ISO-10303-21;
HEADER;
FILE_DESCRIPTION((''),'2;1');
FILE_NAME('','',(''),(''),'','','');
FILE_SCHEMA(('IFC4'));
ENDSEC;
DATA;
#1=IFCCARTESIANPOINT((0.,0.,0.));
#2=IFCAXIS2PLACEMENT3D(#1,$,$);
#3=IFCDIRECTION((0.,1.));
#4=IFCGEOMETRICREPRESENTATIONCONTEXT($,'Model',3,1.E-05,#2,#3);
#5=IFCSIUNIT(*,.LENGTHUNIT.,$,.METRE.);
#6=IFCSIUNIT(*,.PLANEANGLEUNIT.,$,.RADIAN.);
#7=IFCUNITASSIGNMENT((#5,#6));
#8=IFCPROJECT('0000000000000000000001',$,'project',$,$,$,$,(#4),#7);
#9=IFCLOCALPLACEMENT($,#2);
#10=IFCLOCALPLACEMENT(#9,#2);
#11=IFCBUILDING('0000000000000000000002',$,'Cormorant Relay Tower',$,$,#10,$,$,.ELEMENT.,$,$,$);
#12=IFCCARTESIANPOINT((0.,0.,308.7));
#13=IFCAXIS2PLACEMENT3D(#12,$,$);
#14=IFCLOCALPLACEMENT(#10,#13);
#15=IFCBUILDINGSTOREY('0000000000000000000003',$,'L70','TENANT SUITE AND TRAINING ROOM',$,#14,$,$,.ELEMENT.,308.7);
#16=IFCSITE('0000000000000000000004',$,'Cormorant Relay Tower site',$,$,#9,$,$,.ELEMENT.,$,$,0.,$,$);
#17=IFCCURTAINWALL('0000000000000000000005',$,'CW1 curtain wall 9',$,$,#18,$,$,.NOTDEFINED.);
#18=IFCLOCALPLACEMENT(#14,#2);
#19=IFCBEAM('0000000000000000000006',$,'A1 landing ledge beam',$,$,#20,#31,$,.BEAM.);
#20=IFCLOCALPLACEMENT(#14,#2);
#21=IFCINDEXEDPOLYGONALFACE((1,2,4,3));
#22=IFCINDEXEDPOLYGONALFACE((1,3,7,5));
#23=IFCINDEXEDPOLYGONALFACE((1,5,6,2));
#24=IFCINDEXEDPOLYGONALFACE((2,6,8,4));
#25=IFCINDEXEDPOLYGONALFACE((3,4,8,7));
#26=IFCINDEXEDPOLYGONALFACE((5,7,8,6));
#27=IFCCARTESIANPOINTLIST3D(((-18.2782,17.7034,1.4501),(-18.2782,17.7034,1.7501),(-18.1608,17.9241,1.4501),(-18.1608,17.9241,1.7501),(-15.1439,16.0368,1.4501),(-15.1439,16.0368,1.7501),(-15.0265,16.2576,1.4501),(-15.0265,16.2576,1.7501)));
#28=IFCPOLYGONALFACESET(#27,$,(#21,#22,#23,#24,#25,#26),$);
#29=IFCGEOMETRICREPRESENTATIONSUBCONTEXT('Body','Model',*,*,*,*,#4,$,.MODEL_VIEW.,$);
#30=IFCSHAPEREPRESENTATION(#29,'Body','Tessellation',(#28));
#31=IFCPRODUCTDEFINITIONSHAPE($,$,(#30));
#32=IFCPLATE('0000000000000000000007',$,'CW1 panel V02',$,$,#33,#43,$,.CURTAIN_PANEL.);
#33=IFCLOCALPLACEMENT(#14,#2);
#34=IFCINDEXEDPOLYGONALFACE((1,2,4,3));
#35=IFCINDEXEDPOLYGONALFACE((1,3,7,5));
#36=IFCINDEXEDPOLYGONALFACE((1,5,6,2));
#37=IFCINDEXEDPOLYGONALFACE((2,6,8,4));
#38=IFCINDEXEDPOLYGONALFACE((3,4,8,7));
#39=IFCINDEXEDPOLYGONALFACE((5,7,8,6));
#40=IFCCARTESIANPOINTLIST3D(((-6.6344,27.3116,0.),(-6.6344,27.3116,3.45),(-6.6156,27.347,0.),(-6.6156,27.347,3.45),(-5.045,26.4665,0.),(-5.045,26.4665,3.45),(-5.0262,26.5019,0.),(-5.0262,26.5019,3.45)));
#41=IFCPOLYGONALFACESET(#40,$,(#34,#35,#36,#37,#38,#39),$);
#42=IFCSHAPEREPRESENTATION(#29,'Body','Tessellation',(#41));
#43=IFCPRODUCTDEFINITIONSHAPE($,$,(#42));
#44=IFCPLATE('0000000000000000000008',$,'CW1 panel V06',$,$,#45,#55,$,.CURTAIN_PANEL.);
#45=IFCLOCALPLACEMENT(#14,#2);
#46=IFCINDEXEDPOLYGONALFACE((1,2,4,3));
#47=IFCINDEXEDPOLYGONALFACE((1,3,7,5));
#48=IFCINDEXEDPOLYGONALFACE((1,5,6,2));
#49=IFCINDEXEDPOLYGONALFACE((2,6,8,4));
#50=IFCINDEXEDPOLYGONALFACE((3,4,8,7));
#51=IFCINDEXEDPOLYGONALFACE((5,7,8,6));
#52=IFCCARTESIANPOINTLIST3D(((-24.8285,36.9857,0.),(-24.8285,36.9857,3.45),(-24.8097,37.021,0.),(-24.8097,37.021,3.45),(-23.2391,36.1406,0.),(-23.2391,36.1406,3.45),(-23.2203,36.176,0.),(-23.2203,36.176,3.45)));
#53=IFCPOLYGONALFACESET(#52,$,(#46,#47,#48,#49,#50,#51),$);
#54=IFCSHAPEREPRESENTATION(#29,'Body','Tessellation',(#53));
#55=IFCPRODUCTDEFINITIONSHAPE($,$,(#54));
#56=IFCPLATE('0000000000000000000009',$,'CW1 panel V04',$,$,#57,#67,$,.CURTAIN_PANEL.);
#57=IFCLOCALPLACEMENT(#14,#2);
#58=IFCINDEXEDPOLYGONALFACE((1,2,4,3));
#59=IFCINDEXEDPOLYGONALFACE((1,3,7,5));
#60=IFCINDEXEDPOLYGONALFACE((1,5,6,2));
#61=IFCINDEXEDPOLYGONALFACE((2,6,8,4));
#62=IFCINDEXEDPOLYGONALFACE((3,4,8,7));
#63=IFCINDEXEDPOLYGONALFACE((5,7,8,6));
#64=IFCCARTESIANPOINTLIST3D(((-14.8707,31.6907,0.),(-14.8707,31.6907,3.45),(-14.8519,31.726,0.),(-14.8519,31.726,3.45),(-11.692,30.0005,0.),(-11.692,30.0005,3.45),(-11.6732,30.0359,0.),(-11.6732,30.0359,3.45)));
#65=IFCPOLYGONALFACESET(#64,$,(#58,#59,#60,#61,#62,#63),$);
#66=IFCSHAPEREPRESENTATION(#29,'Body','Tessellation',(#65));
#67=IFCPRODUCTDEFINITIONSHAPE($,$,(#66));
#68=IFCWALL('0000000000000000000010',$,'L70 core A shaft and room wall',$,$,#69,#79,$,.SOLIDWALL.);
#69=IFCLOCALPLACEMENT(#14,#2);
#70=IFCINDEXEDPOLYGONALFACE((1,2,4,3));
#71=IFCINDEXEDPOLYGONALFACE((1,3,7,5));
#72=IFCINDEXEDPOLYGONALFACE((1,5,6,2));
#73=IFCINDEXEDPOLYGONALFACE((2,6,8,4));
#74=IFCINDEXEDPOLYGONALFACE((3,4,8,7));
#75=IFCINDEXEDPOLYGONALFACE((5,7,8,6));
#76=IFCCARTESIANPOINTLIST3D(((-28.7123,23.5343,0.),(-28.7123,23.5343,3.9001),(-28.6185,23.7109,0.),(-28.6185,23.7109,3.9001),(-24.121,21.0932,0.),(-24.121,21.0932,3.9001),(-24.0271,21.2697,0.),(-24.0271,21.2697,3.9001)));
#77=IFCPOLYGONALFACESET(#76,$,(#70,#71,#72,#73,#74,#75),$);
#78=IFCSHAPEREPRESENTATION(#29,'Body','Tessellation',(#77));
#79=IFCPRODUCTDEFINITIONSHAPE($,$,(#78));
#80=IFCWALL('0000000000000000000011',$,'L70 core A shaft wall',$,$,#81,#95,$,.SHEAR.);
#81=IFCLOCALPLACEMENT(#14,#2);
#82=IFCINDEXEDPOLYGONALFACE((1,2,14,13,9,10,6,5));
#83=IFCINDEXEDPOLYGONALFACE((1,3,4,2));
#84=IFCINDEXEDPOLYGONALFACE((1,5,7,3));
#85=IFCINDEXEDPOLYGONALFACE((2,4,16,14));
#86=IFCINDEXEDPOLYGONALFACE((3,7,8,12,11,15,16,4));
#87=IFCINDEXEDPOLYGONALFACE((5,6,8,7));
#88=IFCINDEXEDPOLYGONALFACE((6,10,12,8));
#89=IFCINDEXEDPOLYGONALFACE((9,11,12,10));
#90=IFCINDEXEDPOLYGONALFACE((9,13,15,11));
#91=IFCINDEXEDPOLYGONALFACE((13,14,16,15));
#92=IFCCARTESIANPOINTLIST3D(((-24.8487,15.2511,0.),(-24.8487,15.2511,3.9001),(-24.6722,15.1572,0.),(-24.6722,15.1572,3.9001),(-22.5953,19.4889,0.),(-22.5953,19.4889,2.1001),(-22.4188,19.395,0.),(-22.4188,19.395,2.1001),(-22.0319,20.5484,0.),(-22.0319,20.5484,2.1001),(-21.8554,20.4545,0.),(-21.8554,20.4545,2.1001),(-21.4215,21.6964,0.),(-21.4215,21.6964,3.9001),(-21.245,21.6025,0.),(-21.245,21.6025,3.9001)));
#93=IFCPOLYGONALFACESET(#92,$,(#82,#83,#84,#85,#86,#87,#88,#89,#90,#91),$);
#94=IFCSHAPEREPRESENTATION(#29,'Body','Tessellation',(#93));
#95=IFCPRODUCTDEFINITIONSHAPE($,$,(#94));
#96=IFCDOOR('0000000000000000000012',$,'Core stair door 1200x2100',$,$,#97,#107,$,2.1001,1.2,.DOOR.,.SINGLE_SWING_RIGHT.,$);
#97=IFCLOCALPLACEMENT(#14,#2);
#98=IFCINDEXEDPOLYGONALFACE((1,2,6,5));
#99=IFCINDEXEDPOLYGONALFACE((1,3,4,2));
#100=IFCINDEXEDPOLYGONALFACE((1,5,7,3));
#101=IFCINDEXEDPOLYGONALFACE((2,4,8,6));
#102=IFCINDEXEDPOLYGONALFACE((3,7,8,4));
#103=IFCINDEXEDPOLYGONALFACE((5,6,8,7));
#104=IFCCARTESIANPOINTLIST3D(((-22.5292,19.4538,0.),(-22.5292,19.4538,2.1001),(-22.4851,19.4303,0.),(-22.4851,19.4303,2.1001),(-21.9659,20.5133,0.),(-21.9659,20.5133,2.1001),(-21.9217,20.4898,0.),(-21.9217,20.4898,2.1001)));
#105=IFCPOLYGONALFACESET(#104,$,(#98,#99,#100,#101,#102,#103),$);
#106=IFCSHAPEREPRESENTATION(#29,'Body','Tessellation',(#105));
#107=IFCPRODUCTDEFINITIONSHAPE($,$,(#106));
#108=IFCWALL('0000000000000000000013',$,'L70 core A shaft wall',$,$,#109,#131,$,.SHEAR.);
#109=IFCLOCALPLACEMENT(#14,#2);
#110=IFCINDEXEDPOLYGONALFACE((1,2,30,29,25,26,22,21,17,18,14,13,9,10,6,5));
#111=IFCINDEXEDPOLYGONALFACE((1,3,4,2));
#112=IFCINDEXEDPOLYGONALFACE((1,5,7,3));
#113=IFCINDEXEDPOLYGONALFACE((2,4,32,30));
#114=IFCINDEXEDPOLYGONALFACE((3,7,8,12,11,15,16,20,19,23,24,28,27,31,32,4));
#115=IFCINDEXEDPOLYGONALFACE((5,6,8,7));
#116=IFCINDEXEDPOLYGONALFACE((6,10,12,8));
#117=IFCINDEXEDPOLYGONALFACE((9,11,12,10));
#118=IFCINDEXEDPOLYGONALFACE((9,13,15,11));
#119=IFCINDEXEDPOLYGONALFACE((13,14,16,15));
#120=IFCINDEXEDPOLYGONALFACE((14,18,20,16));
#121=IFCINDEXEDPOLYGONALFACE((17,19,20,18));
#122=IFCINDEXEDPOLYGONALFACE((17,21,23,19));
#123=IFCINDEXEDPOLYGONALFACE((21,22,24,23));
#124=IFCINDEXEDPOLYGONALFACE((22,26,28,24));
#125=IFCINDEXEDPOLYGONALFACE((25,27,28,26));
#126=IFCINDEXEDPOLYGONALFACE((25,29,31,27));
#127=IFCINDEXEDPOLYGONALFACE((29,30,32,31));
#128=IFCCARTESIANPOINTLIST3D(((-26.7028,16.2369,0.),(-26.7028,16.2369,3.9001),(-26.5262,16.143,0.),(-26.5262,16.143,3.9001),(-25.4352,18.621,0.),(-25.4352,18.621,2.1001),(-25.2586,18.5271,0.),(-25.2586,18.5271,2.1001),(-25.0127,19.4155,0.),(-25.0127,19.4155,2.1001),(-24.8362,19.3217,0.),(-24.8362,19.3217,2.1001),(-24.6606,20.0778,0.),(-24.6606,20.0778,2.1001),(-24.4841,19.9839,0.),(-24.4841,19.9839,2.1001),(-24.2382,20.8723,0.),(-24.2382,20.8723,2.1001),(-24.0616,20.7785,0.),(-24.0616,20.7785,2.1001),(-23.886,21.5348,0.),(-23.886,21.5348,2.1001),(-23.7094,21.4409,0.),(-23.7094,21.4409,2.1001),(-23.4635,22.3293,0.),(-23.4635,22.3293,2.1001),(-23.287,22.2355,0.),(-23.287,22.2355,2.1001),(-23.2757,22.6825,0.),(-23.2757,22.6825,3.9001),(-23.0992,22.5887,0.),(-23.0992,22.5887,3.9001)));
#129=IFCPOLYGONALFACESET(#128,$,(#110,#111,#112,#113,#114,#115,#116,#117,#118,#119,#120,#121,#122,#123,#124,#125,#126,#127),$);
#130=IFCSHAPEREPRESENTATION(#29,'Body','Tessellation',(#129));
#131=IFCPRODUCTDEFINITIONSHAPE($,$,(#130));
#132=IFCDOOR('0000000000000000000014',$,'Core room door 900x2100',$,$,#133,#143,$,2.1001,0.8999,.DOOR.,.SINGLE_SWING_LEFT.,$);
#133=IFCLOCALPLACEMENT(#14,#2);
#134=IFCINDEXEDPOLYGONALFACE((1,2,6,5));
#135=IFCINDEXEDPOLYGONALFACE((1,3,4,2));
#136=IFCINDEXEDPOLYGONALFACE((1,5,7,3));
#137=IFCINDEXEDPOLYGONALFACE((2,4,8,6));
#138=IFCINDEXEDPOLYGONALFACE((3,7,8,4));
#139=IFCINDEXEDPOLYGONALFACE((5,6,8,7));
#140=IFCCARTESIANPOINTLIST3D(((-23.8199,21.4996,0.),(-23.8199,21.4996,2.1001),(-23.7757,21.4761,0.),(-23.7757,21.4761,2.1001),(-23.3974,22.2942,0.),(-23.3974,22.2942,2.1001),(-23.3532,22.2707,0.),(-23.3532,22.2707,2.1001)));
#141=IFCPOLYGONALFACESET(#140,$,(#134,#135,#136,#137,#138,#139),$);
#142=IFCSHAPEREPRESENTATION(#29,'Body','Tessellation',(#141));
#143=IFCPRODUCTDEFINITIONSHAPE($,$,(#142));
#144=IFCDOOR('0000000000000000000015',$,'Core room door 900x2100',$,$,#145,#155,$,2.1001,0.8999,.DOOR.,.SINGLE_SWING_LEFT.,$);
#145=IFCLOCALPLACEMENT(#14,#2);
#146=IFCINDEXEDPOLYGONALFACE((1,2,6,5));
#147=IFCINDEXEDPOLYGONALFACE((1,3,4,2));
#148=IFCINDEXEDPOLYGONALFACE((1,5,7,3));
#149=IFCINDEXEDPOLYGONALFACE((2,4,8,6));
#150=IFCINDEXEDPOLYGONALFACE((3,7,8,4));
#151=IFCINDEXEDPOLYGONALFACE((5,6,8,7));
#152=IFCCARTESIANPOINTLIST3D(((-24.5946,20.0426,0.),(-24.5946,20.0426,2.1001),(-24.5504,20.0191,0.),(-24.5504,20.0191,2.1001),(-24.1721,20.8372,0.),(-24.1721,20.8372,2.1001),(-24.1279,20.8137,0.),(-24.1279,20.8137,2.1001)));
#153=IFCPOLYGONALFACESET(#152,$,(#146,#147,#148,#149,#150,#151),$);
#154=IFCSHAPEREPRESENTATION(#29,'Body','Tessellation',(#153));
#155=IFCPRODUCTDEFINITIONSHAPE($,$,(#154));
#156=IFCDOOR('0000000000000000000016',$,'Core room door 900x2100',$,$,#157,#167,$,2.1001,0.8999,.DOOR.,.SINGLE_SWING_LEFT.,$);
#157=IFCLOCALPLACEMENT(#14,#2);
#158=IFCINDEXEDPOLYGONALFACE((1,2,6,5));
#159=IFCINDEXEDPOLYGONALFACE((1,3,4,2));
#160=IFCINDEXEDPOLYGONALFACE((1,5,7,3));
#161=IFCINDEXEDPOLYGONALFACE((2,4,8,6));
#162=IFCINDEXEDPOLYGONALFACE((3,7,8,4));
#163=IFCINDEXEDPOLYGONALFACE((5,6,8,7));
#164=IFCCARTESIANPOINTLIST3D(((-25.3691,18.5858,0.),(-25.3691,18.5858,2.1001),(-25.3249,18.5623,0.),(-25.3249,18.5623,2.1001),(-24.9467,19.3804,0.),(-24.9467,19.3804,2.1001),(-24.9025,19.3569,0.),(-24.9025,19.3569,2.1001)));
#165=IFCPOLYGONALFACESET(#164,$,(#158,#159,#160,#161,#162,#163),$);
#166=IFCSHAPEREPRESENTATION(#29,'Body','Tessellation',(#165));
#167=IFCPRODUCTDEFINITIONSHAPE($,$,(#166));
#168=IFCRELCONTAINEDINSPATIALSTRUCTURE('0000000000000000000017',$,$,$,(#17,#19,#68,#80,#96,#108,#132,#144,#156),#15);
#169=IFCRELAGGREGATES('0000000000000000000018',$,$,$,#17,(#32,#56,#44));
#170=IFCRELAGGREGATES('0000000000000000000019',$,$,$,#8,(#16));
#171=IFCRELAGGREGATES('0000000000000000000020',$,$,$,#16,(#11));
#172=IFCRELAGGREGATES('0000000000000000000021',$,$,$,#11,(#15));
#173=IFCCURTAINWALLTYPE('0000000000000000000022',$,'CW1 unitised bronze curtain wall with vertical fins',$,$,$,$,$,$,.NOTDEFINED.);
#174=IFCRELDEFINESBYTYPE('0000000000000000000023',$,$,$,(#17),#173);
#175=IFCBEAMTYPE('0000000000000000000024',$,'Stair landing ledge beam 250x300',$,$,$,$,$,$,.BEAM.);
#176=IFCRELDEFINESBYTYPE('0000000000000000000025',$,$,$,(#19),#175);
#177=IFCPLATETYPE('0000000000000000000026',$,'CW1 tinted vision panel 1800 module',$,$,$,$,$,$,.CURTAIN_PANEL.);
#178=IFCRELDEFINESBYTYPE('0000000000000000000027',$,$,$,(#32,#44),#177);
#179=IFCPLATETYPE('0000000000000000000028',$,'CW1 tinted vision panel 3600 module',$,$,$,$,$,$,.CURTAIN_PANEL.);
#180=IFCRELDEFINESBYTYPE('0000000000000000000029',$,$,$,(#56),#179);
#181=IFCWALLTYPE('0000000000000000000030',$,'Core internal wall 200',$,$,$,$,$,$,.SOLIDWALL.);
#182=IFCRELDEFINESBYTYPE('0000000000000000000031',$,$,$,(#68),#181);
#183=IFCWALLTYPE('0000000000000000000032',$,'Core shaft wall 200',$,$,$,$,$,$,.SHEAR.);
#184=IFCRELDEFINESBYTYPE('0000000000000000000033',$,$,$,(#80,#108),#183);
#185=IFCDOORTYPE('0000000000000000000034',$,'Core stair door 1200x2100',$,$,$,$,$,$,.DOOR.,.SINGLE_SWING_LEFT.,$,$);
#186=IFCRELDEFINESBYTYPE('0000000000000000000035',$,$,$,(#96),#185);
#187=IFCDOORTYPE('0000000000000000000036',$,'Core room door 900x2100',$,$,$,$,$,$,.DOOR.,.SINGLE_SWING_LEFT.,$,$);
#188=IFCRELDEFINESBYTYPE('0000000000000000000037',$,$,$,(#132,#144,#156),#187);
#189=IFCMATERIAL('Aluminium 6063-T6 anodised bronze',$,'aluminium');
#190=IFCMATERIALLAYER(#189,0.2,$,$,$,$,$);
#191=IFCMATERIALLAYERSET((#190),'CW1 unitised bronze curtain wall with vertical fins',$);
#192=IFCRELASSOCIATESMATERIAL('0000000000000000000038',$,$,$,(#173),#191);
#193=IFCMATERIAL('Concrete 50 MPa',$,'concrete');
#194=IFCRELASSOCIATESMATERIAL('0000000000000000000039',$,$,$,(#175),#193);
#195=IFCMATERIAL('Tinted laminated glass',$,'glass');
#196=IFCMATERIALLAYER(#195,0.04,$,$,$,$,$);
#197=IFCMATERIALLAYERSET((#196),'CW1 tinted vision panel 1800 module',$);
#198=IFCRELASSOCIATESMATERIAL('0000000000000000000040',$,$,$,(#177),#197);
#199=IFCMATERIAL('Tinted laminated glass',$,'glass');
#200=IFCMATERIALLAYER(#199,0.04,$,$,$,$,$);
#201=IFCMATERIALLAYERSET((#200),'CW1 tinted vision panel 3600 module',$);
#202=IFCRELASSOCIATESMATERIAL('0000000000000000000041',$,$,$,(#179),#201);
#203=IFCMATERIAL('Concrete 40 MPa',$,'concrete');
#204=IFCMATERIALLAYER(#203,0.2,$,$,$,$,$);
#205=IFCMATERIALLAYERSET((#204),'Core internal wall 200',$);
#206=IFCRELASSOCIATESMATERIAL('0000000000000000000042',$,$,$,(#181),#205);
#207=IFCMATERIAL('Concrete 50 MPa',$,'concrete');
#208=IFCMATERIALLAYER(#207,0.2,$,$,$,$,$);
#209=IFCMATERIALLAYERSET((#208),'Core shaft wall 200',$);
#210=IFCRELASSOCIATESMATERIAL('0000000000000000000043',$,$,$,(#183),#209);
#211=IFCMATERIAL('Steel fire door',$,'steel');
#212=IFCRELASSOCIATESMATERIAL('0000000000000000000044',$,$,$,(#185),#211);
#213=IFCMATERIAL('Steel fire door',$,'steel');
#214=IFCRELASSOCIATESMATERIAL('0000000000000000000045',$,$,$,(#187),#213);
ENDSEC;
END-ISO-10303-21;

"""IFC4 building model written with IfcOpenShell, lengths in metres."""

from ifc_helpers import new_model, si_unit, direction, frame, frame_2d, origin, origin_2d, place, context, subcontext, project, spatial, rectangle, extrude, material, layer, layer_set, material_profile, profile_set, type_object, element, fill, aggregate, save


model = new_model("IFC4")

# Units and contexts
model_context = context("Model", 3, precision=1e-05, world=origin(), true_north=direction((0.0, 1.0)))
body_context = subcontext(model_context, "Body", "Model", "MODEL_VIEW")
ifc_project = project(units=[si_unit("LENGTHUNIT", "METRE"), si_unit("PLANEANGLEUNIT", "RADIAN")], contexts=[model_context])

# Site, building, storey
site_placement = place(None, origin())
site = spatial("IfcSite", under=ifc_project, at=site_placement, Name="Cormorant Relay Tower site", CompositionType="ELEMENT", RefElevation=0.0)
building_placement = place(site_placement, origin())
building = spatial("IfcBuilding", under=site, at=building_placement, Name="Cormorant Relay Tower", CompositionType="ELEMENT")
storey_placement = place(building_placement, frame((0.0, 0.0, 308.7)))
storey = spatial("IfcBuildingStorey", under=building, at=storey_placement, Name="L70", Description="TENANT SUITE AND TRAINING ROOM", CompositionType="ELEMENT", Elevation=308.7)

# Curtain wall
ifc_material_1 = material(Name="Aluminium 6063-T6 anodised bronze", Category="aluminium")
ifc_layer_1 = layer(ifc_material_1, 0.2)
ifc_layer_set_1 = layer_set([ifc_layer_1], Name="CW1 unitised bronze curtain wall with vertical fins")
curtain_wall_type = type_object("IfcCurtainWallType", Name="CW1 unitised bronze curtain wall with vertical fins", PredefinedType="NOTDEFINED", material=ifc_layer_set_1)
curtain_wall_placement = place(storey_placement, origin())
curtain_wall = element("IfcCurtainWall", 1, at=curtain_wall_placement, inside=storey, type_object=curtain_wall_type, Name="CW1 curtain wall 9", PredefinedType="NOTDEFINED")

# Beam
ifc_material_2 = material(Name="Concrete 50 MPa", Category="concrete")
ifc_material_profile_1 = material_profile(ifc_material_2, rectangle(XDim=0.25, YDim=0.3, at=origin_2d()), Name="RC 250x300")
ifc_profile_set_1 = profile_set([ifc_material_profile_1], Name="Concrete 50 MPa")
beam_type_1 = type_object("IfcBeamType", Name="Stair landing ledge beam 250x300", PredefinedType="BEAM", material=ifc_profile_set_1)
beam_1_placement = place(storey_placement, frame((-18.2195, 17.8137, 1.6001), z_axis=(0.88295, -0.469467, 0.0), x_axis=(0.469467, 0.88295, 0.0)))
element("IfcBeam", 2, at=beam_1_placement, inside=storey, type_object=beam_type_1, Name="A1 landing ledge beam", PredefinedType="BEAM", context=body_context, shape_type="SweptSolid", body=[
    extrude(rectangle(XDim=0.25, YDim=0.3, at=origin_2d()), origin(), (0.0, 0.0, 1.0), 3.5498),
])

# Plates
ifc_material_3 = material(Name="Tinted laminated glass", Category="glass")
ifc_layer_2 = layer(ifc_material_3, 0.04)
ifc_layer_set_2 = layer_set([ifc_layer_2], Name="CW1 tinted vision panel 1800 module")
plate_type_1 = type_object("IfcPlateType", Name="CW1 tinted vision panel 1800 module", PredefinedType="CURTAIN_PANEL", material=ifc_layer_set_2)
plate_1_placement = place(storey_placement, frame((-5.8303, 26.9067, 0.0), z_axis=(0.0, 0.0, 1.0), x_axis=(-0.882948, 0.469472, 0.0)))
plate_1 = element("IfcPlate", 3, at=plate_1_placement, type_object=plate_type_1, Name="CW1 panel V02", PredefinedType="CURTAIN_PANEL", context=body_context, shape_type="SweptSolid", body=[
    extrude(rectangle(XDim=1.8, YDim=0.04, at=origin_2d()), origin(), (0.0, 0.0, 1.0), 3.45),
])
plate_2_placement = place(storey_placement, frame((-24.0244, 36.5808, 0.0), z_axis=(0.0, 0.0, 1.0), x_axis=(-0.882948, 0.469472, 0.0)))
plate_2 = element("IfcPlate", 4, at=plate_2_placement, type_object=plate_type_1, Name="CW1 panel V06", PredefinedType="CURTAIN_PANEL", context=body_context, shape_type="SweptSolid", body=[
    extrude(rectangle(XDim=1.8, YDim=0.04, at=origin_2d()), origin(), (0.0, 0.0, 1.0), 3.45),
])
ifc_material_4 = material(Name="Tinted laminated glass", Category="glass")
ifc_layer_3 = layer(ifc_material_4, 0.04)
ifc_layer_set_3 = layer_set([ifc_layer_3], Name="CW1 tinted vision panel 3600 module")
plate_type_2 = type_object("IfcPlateType", Name="CW1 tinted vision panel 3600 module", PredefinedType="CURTAIN_PANEL", material=ifc_layer_set_3)
plate_3_placement = place(storey_placement, frame((-13.272, 30.8633, 0.0), z_axis=(0.0, 0.0, 1.0), x_axis=(-0.882948, 0.469472, 0.0)))
plate_3 = element("IfcPlate", 5, at=plate_3_placement, type_object=plate_type_2, Name="CW1 panel V04", PredefinedType="CURTAIN_PANEL", context=body_context, shape_type="SweptSolid", body=[
    extrude(rectangle(XDim=3.6001, YDim=0.04, at=origin_2d()), origin(), (0.0, 0.0, 1.0), 3.45),
])

# Wall
ifc_material_5 = material(Name="Concrete 40 MPa", Category="concrete")
ifc_layer_4 = layer(ifc_material_5, 0.2)
ifc_layer_set_4 = layer_set([ifc_layer_4], Name="Core internal wall 200")
wall_type_1 = type_object("IfcWallType", Name="Core internal wall 200", PredefinedType="SOLIDWALL", material=ifc_layer_set_4)
wall_1_placement = place(storey_placement, frame((-24.074, 21.1814, 0.0), z_axis=(0.0, 0.0, 1.0), x_axis=(-0.882954, 0.46946, 0.0)))
element("IfcWall", 6, at=wall_1_placement, inside=storey, type_object=wall_type_1, Name="L70 core A shaft and room wall", PredefinedType="SOLIDWALL", context=body_context, shape_type="SweptSolid", body=[
    extrude(rectangle(XDim=5.2, YDim=0.2, at=frame_2d((2.6001, 0.0))), origin(), (0.0, 0.0, 1.0), 3.9001),
])

# Wall, opening, door
ifc_material_6 = material(Name="Concrete 50 MPa", Category="concrete")
ifc_layer_5 = layer(ifc_material_6, 0.2)
ifc_layer_set_5 = layer_set([ifc_layer_5], Name="Core shaft wall 200")
wall_type_2 = type_object("IfcWallType", Name="Core shaft wall 200", PredefinedType="SHEAR", material=ifc_layer_set_5)
wall_2_placement = place(storey_placement, frame((-21.3333, 21.6494, 0.0), z_axis=(0.0, 0.0, 1.0), x_axis=(-0.469494, -0.882936, 0.0)))
wall_2 = element("IfcWall", 7, at=wall_2_placement, inside=storey, type_object=wall_type_2, Name="L70 core A shaft wall", PredefinedType="SHEAR", context=body_context, shape_type="SweptSolid", body=[
    extrude(rectangle(XDim=7.2998, YDim=0.2, at=frame_2d((3.6499, 0.0))), origin(), (0.0, 0.0, 1.0), 3.9001),
])
opening_1_placement = place(wall_2_placement, frame((1.3, 0.0, 0.0)))
opening_1 = element("IfcOpeningElement", 8, at=opening_1_placement, cuts=wall_2, PredefinedType="OPENING", context=body_context, shape_type="SweptSolid", body=[
    extrude(rectangle(XDim=1.2, YDim=2.1001, at=frame_2d((0.6001, 1.05))), frame((0.0, 0.1099, 0.0), z_axis=(0.0, -1.0, 0.0), x_axis=(1.0, 0.0, 0.0)), (0.0, 0.0, 1.0), 0.22),
])
ifc_material_7 = material(Name="Steel fire door", Category="steel")
door_type_1 = type_object("IfcDoorType", Name="Core stair door 1200x2100", OperationType="SINGLE_SWING_LEFT", PredefinedType="DOOR", material=ifc_material_7)
door_1_placement = place(opening_1_placement, origin())
door_1 = element("IfcDoor", 9, at=door_1_placement, inside=storey, type_object=door_type_1, Name="Core stair door 1200x2100", OperationType="SINGLE_SWING_RIGHT", OverallHeight=2.1001, OverallWidth=1.2, PredefinedType="DOOR", context=body_context, shape_type="SweptSolid", body=[
    extrude(rectangle(XDim=1.2, YDim=2.1001, at=frame_2d((0.6001, 1.05))), frame((0.0, 0.0249, 0.0), z_axis=(0.0, -1.0, 0.0), x_axis=(1.0, 0.0, 0.0)), (0.0, 0.0, 1.0), 0.05),
])
fill(opening_1, door_1)

# Wall, openings, doors
wall_3_placement = place(storey_placement, frame((-23.1875, 22.6355, 0.0), z_axis=(0.0, 0.0, 1.0), x_axis=(-0.469454, -0.882957, 0.0)))
wall_3 = element("IfcWall", 10, at=wall_3_placement, inside=storey, type_object=wall_type_2, Name="L70 core A shaft wall", PredefinedType="SHEAR", context=body_context, shape_type="SweptSolid", body=[
    extrude(rectangle(XDim=7.3, YDim=0.2, at=frame_2d((3.6499, 0.0))), origin(), (0.0, 0.0, 1.0), 3.9001),
])
opening_2_placement = place(wall_3_placement, frame((0.3999, 0.0, 0.0)))
opening_2 = element("IfcOpeningElement", 11, at=opening_2_placement, cuts=wall_3, PredefinedType="OPENING", context=body_context, shape_type="SweptSolid", body=[
    extrude(rectangle(XDim=0.8999, YDim=2.1001, at=frame_2d((0.45, 1.05))), frame((0.0, 0.1099, 0.0), z_axis=(0.0, -1.0, 0.0), x_axis=(1.0, 0.0, 0.0)), (0.0, 0.0, 1.0), 0.22),
])
opening_3_placement = place(wall_3_placement, frame((2.05, 0.0, 0.0)))
opening_3 = element("IfcOpeningElement", 12, at=opening_3_placement, cuts=wall_3, PredefinedType="OPENING", context=body_context, shape_type="SweptSolid", body=[
    extrude(rectangle(XDim=0.8999, YDim=2.1001, at=frame_2d((0.45, 1.05))), frame((0.0, 0.1099, 0.0), z_axis=(0.0, -1.0, 0.0), x_axis=(1.0, 0.0, 0.0)), (0.0, 0.0, 1.0), 0.22),
])
opening_4_placement = place(wall_3_placement, frame((3.7, 0.0, 0.0)))
opening_4 = element("IfcOpeningElement", 13, at=opening_4_placement, cuts=wall_3, PredefinedType="OPENING", context=body_context, shape_type="SweptSolid", body=[
    extrude(rectangle(XDim=0.8999, YDim=2.1001, at=frame_2d((0.45, 1.05))), frame((0.0, 0.1099, 0.0), z_axis=(0.0, -1.0, 0.0), x_axis=(1.0, 0.0, 0.0)), (0.0, 0.0, 1.0), 0.22),
])
ifc_material_8 = material(Name="Steel fire door", Category="steel")
door_type_2 = type_object("IfcDoorType", Name="Core room door 900x2100", OperationType="SINGLE_SWING_LEFT", PredefinedType="DOOR", material=ifc_material_8)
door_2_placement = place(opening_2_placement, origin())
door_2 = element("IfcDoor", 14, at=door_2_placement, inside=storey, type_object=door_type_2, Name="Core room door 900x2100", OperationType="SINGLE_SWING_LEFT", OverallHeight=2.1001, OverallWidth=0.8999, PredefinedType="DOOR", context=body_context, shape_type="SweptSolid", body=[
    extrude(rectangle(XDim=0.8999, YDim=2.1001, at=frame_2d((0.45, 1.05))), frame((0.0, 0.0249, 0.0), z_axis=(0.0, -1.0, 0.0), x_axis=(1.0, 0.0, 0.0)), (0.0, 0.0, 1.0), 0.05),
])
fill(opening_2, door_2)
door_3_placement = place(opening_3_placement, origin())
door_3 = element("IfcDoor", 15, at=door_3_placement, inside=storey, type_object=door_type_2, Name="Core room door 900x2100", OperationType="SINGLE_SWING_LEFT", OverallHeight=2.1001, OverallWidth=0.8999, PredefinedType="DOOR", context=body_context, shape_type="SweptSolid", body=[
    extrude(rectangle(XDim=0.8999, YDim=2.1001, at=frame_2d((0.45, 1.05))), frame((0.0, 0.0249, 0.0), z_axis=(0.0, -1.0, 0.0), x_axis=(1.0, 0.0, 0.0)), (0.0, 0.0, 1.0), 0.05),
])
fill(opening_3, door_3)
door_4_placement = place(opening_4_placement, origin())
door_4 = element("IfcDoor", 16, at=door_4_placement, inside=storey, type_object=door_type_2, Name="Core room door 900x2100", OperationType="SINGLE_SWING_LEFT", OverallHeight=2.1001, OverallWidth=0.8999, PredefinedType="DOOR", context=body_context, shape_type="SweptSolid", body=[
    extrude(rectangle(XDim=0.8999, YDim=2.1001, at=frame_2d((0.45, 1.05))), frame((0.0, 0.0249, 0.0), z_axis=(0.0, -1.0, 0.0), x_axis=(1.0, 0.0, 0.0)), (0.0, 0.0, 1.0), 0.05),
])
fill(opening_4, door_4)

aggregate(curtain_wall, [plate_1, plate_3, plate_2])

save(model, "model.ifc")
